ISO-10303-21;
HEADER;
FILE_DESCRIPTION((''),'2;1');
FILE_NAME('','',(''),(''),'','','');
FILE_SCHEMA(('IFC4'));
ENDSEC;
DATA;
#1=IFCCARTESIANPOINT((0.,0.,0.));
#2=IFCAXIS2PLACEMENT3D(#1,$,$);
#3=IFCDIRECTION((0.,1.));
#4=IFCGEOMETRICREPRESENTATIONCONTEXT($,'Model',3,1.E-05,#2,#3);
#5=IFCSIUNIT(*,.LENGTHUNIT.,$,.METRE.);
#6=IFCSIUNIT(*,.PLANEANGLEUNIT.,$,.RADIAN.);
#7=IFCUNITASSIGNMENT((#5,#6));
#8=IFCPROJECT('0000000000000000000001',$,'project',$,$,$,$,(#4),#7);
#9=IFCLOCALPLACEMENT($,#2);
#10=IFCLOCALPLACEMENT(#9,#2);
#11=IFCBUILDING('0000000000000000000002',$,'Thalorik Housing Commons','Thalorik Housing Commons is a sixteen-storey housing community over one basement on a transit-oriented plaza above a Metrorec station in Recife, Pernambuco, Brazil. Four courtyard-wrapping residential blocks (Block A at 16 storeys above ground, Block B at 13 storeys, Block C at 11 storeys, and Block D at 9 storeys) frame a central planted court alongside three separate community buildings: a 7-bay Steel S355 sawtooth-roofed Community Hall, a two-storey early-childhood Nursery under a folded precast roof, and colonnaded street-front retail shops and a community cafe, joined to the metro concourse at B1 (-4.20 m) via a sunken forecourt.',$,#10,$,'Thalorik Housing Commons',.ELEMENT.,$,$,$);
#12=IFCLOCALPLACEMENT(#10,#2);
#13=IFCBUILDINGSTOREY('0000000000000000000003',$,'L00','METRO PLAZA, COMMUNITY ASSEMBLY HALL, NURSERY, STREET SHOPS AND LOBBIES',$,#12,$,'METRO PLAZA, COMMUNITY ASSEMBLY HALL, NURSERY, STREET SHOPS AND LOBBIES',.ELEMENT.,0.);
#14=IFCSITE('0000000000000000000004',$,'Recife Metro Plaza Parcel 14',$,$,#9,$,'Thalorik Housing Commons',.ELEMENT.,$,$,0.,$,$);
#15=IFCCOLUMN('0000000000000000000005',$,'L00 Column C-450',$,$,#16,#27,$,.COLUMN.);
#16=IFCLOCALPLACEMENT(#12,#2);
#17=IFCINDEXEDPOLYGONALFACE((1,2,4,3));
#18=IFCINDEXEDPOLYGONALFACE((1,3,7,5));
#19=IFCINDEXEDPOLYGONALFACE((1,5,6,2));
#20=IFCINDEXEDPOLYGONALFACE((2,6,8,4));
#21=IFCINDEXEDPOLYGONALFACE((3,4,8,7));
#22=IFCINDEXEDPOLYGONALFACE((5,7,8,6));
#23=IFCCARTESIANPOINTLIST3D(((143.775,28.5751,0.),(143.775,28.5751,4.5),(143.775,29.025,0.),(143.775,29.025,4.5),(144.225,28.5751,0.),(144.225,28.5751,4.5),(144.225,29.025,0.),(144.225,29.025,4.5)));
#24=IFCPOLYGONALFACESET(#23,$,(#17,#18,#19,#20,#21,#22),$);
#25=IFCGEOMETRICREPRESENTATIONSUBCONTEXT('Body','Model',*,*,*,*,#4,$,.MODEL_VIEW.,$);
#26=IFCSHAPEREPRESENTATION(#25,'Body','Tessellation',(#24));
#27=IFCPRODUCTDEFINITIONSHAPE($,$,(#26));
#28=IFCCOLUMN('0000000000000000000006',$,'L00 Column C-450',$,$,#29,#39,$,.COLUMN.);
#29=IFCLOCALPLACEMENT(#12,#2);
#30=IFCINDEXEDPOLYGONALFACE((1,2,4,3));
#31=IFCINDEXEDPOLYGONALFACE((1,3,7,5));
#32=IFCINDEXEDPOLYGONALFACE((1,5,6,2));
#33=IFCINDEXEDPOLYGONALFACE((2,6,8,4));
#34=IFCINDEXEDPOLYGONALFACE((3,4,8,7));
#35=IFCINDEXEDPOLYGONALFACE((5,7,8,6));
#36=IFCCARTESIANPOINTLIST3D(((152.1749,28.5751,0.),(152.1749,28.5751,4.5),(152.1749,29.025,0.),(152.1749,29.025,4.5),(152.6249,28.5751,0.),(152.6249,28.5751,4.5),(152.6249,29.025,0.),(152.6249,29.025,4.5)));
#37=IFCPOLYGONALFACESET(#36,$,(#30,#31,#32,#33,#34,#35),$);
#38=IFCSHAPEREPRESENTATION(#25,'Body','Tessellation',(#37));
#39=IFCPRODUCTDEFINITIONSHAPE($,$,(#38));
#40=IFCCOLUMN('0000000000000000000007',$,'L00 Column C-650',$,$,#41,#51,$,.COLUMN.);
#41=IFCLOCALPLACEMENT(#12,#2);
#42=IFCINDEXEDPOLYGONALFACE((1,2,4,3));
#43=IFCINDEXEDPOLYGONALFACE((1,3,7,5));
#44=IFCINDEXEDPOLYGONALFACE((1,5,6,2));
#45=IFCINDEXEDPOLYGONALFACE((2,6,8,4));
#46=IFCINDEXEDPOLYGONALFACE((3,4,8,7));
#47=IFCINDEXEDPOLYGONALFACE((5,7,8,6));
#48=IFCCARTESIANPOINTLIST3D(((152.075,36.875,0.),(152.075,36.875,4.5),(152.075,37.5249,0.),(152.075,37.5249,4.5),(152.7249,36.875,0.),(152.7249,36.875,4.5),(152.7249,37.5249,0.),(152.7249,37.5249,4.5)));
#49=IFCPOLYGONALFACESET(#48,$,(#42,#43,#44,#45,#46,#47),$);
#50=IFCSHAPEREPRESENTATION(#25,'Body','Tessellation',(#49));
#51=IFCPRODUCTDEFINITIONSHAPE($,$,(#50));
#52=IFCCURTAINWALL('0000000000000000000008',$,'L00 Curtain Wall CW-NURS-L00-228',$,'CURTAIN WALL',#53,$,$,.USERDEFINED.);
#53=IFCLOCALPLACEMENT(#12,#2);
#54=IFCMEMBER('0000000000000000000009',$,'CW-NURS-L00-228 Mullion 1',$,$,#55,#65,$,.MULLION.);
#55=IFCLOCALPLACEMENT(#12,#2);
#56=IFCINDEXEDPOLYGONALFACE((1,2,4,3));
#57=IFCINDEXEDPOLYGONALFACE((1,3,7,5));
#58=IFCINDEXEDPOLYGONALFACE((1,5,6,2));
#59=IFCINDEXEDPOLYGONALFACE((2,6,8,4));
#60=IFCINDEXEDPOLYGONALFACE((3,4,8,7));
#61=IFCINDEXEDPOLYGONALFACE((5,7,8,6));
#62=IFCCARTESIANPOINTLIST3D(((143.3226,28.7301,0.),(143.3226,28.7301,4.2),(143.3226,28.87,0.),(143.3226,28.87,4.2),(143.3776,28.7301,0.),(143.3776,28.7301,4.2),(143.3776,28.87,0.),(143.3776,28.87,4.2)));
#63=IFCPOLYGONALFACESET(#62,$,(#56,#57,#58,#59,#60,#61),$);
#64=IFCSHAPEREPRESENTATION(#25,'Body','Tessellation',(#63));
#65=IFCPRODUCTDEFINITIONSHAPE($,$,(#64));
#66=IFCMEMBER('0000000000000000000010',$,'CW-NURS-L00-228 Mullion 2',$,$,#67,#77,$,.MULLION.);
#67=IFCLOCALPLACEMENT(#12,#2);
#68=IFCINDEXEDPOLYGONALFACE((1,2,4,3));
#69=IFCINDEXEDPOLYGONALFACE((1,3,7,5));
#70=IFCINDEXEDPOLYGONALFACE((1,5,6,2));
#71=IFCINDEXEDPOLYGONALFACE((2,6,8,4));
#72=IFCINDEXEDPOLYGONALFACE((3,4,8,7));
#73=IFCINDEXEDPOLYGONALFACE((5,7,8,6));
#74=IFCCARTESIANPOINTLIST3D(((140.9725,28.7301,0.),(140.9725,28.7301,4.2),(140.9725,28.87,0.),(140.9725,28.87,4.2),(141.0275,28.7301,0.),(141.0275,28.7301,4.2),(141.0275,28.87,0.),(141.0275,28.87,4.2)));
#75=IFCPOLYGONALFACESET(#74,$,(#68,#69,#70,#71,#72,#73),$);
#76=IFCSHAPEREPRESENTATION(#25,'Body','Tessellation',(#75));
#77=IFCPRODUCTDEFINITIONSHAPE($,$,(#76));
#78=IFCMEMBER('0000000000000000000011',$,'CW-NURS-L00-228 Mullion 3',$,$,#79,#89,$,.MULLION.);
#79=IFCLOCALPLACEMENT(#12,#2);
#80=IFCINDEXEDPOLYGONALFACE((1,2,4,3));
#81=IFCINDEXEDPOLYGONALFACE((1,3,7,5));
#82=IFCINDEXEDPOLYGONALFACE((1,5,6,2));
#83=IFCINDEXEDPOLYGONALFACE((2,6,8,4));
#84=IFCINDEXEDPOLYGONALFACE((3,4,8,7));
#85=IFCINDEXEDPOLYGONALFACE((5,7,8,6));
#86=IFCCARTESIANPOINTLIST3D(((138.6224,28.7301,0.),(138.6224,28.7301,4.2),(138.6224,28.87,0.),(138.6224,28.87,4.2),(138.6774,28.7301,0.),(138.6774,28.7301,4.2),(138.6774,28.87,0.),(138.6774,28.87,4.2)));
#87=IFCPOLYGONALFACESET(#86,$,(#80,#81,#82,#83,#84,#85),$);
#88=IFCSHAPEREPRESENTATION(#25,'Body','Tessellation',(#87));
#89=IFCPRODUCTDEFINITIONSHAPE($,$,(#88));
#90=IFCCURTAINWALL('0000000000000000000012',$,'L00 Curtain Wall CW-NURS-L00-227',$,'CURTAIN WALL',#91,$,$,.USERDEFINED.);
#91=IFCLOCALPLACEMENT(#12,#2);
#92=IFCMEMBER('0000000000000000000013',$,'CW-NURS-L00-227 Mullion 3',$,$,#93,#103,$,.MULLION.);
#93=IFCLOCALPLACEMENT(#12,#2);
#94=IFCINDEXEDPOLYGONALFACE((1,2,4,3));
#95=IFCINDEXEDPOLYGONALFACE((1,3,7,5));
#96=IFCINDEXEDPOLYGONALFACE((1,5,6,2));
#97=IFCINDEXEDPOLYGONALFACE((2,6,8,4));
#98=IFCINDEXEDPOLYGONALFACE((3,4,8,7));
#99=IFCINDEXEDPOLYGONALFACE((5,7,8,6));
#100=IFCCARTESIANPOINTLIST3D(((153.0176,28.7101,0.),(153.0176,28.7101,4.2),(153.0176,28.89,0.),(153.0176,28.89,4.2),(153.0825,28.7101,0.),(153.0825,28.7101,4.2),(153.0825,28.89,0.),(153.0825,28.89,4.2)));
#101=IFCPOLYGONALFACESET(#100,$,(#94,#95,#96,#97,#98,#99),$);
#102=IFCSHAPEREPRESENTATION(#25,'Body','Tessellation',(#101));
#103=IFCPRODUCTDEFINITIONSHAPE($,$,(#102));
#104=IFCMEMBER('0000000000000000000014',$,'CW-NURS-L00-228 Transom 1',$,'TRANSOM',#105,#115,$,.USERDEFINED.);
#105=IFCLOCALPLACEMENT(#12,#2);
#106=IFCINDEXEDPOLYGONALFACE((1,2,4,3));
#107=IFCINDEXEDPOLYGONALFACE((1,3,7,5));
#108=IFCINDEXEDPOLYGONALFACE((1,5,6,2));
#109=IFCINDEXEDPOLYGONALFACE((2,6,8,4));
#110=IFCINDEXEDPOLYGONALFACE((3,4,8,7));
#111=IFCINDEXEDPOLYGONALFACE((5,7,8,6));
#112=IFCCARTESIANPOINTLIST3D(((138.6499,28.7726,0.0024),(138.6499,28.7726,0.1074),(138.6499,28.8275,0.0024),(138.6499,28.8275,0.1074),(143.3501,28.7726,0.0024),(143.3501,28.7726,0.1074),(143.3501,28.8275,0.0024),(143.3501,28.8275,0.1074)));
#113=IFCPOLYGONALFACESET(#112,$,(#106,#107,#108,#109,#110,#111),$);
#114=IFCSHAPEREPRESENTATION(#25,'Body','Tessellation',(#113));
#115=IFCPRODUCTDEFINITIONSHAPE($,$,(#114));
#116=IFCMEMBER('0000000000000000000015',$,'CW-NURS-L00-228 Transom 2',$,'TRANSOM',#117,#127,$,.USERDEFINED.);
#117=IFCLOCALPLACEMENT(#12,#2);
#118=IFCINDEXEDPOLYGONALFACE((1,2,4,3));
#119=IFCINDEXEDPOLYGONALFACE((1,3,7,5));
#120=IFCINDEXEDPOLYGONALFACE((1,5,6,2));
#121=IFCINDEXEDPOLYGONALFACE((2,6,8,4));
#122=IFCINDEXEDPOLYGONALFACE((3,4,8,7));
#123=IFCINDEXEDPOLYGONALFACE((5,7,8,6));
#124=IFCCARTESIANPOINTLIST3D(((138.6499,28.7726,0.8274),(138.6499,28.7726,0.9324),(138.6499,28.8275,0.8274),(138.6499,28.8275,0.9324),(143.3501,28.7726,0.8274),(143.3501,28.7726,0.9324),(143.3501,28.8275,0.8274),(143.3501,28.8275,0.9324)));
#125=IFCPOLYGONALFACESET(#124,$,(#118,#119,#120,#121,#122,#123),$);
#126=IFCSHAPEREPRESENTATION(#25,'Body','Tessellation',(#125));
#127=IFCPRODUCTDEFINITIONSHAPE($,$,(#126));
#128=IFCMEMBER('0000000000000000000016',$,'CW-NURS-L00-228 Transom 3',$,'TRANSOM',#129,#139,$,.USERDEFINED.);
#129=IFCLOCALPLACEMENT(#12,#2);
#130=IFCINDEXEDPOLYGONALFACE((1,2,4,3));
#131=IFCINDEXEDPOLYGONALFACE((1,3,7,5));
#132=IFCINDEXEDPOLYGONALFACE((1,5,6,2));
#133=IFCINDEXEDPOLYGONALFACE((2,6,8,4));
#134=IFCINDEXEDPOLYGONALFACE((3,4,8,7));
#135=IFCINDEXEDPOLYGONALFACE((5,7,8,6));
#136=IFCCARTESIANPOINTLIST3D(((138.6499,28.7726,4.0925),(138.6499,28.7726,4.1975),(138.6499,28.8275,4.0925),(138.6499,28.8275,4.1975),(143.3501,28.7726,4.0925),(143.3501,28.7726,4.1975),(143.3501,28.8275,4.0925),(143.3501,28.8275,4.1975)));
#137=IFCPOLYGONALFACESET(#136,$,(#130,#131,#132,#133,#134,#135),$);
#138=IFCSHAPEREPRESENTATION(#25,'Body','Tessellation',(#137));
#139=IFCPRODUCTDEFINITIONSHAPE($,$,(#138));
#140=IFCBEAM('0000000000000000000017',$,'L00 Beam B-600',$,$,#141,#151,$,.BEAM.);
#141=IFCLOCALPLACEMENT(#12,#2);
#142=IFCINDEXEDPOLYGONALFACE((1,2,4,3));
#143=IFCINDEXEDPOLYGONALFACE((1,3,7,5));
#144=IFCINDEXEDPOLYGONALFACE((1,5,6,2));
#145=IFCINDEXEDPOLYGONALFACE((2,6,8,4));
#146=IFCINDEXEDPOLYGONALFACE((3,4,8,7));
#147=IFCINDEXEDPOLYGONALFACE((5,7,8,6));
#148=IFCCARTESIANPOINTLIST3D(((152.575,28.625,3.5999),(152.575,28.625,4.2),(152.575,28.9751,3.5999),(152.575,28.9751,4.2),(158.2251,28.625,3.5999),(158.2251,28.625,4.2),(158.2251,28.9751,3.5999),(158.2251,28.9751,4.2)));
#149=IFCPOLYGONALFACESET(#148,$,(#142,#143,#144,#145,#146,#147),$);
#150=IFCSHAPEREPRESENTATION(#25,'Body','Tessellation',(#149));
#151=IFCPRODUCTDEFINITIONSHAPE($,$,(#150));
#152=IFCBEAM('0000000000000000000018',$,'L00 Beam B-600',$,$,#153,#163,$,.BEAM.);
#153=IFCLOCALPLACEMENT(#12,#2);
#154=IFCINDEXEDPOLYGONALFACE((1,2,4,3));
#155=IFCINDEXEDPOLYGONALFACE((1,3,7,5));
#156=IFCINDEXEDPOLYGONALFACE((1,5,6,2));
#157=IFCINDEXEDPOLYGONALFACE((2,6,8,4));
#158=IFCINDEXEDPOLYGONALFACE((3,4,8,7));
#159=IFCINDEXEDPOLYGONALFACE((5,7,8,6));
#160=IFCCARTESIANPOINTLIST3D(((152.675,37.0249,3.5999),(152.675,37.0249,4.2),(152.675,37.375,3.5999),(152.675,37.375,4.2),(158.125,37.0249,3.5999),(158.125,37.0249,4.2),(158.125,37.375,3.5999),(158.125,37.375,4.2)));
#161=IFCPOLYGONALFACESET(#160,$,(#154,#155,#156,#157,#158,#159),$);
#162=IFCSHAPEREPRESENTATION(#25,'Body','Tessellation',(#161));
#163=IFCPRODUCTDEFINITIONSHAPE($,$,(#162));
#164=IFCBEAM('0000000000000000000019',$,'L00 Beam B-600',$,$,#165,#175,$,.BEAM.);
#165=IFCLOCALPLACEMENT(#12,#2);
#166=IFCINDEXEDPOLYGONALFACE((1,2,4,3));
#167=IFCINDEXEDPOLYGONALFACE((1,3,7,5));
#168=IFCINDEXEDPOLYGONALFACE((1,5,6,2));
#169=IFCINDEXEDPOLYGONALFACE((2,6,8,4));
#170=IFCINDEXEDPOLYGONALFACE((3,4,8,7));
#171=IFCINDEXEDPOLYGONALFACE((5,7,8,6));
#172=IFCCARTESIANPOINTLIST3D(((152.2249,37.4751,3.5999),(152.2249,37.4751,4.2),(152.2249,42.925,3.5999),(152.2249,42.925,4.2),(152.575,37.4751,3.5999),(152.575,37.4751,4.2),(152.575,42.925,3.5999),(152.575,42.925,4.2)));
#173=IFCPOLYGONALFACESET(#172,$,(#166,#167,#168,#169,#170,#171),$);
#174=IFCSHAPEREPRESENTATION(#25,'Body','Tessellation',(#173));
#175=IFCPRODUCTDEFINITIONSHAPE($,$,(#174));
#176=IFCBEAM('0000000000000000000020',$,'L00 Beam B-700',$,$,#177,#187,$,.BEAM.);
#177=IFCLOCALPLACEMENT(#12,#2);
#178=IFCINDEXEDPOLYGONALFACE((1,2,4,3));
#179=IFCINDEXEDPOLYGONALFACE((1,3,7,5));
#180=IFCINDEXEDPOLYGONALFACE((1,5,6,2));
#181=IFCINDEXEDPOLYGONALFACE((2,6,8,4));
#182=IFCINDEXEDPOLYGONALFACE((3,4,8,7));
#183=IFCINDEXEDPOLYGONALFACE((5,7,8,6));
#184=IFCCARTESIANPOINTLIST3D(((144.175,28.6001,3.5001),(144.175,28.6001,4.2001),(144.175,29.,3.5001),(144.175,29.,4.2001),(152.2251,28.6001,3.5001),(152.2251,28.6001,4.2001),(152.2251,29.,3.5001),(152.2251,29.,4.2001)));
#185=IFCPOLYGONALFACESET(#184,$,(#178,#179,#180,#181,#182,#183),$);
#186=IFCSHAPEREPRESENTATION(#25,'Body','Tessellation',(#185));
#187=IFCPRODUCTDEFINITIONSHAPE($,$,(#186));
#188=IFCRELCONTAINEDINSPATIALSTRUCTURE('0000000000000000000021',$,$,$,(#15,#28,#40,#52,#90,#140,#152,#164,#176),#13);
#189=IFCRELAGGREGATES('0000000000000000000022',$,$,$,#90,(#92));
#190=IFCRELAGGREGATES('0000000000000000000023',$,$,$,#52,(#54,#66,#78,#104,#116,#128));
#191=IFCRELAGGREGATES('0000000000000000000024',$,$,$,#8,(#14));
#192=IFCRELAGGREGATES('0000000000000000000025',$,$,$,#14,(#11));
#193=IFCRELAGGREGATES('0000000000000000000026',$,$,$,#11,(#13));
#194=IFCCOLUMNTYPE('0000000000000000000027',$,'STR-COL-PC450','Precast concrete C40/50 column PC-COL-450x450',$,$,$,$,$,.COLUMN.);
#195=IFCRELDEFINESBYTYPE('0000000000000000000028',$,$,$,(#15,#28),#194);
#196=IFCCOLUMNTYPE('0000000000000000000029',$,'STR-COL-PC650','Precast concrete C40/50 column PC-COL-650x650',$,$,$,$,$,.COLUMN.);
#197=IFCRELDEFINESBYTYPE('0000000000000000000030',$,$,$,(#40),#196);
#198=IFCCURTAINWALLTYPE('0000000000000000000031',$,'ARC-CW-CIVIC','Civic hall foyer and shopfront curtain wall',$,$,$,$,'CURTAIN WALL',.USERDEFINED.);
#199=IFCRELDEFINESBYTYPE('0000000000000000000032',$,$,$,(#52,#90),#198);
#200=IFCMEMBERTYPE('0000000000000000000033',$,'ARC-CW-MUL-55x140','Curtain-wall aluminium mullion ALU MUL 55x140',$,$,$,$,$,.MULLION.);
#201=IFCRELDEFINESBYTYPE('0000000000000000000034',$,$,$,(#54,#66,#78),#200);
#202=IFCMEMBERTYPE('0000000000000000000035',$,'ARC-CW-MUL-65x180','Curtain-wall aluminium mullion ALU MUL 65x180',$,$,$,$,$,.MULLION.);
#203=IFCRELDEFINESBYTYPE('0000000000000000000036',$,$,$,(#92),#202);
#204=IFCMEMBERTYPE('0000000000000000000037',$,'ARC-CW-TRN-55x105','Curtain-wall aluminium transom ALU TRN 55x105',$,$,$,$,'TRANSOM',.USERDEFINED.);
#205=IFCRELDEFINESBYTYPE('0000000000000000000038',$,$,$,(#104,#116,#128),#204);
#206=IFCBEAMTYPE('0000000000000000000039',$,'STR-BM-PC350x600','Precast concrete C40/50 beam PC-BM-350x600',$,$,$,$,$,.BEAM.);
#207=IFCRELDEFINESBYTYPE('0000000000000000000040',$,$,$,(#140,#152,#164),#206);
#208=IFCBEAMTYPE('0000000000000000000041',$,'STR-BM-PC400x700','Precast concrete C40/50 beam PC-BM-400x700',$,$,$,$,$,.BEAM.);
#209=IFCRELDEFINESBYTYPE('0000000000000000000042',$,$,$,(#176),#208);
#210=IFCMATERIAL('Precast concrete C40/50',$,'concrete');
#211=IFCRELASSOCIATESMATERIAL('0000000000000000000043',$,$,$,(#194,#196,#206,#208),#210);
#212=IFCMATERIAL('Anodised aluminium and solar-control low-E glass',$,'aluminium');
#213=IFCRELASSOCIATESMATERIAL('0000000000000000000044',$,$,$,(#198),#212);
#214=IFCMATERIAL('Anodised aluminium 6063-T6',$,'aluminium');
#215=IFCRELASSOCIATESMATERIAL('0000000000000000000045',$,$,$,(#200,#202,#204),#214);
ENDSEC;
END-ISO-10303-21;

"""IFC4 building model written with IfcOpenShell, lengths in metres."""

from ifc_helpers import new_model, si_unit, direction, frame, origin, origin_2d, place, context, subcontext, project, spatial, rectangle, extrude, material, material_profile, profile_set, type_object, element, aggregate, save


model = new_model("IFC4")

# Units and contexts
model_context = context("Model", 3, precision=1e-05, world=origin(), true_north=direction((0.0, 1.0)))
body_context = subcontext(model_context, "Body", "Model", "MODEL_VIEW")
ifc_project = project(units=[si_unit("LENGTHUNIT", "METRE"), si_unit("PLANEANGLEUNIT", "RADIAN")], contexts=[model_context])

# Site, building, storey
site_placement = place(None, origin())
site = spatial("IfcSite", under=ifc_project, at=site_placement, Name="Recife Metro Plaza Parcel 14", LongName="Thalorik Housing Commons", CompositionType="ELEMENT", RefElevation=0.0)
building_placement = place(site_placement, origin())
building = spatial("IfcBuilding", under=site, at=building_placement, Name="Thalorik Housing Commons", Description="Thalorik Housing Commons is a sixteen-storey housing community over one basement on a transit-oriented plaza above a Metrorec station in Recife, Pernambuco, Brazil. Four courtyard-wrapping residential blocks (Block A at 16 storeys above ground, Block B at 13 storeys, Block C at 11 storeys, and Block D at 9 storeys) frame a central planted court alongside three separate community buildings: a 7-bay Steel S355 sawtooth-roofed Community Hall, a two-storey early-childhood Nursery under a folded precast roof, and colonnaded street-front retail shops and a community cafe, joined to the metro concourse at B1 (-4.20 m) via a sunken forecourt.", LongName="Thalorik Housing Commons", CompositionType="ELEMENT")
storey_placement = place(building_placement, origin())
storey = spatial("IfcBuildingStorey", under=building, at=storey_placement, Name="L00", Description="METRO PLAZA, COMMUNITY ASSEMBLY HALL, NURSERY, STREET SHOPS AND LOBBIES", LongName="METRO PLAZA, COMMUNITY ASSEMBLY HALL, NURSERY, STREET SHOPS AND LOBBIES", CompositionType="ELEMENT", Elevation=0.0)

# Columns
ifc_material_1 = material(Name="Precast concrete C40/50", Category="concrete")
ifc_material_profile_1 = material_profile(ifc_material_1, rectangle(XDim=0.45, YDim=0.45, at=origin_2d()), Name="PC 450x450", Category="concrete")
ifc_profile_set_1 = profile_set([ifc_material_profile_1], Name="Precast concrete C40/50")
column_type_1 = type_object("IfcColumnType", Name="STR-COL-PC450", Description="Precast concrete C40/50 column PC-COL-450x450", PredefinedType="COLUMN", material=ifc_profile_set_1)
for number, where, z_axis, x_axis, name in (
    (1, (144.0, 28.8, 0.0), (0.0, 0.0, 1.0), (1.0, 0.0, 0.0), "L00 Column C-450"),
    (2, (152.3999, 28.8, 0.0), (0.0, 0.0, 1.0), (1.0, 0.0, 0.0), "L00 Column C-450"),
):
    element("IfcColumn", number, at=place(storey_placement, frame(where, z_axis=z_axis, x_axis=x_axis)), inside=storey, type_object=column_type_1, Name=name, PredefinedType="COLUMN", context=body_context, shape_type="SweptSolid", body=[
        extrude(rectangle(XDim=0.45, YDim=0.45, at=origin_2d()), origin(), (0.0, 0.0, 1.0), 4.5),
    ])
ifc_material_profile_2 = material_profile(ifc_material_1, rectangle(XDim=0.6499, YDim=0.6499, at=origin_2d()), Name="PC 650x650", Category="concrete")
ifc_profile_set_2 = profile_set([ifc_material_profile_2], Name="Precast concrete C40/50")
column_type_2 = type_object("IfcColumnType", Name="STR-COL-PC650", Description="Precast concrete C40/50 column PC-COL-650x650", PredefinedType="COLUMN", material=ifc_profile_set_2)
column_placement = place(storey_placement, frame((152.3999, 37.2, 0.0), z_axis=(0.0, 0.0, 1.0), x_axis=(1.0, 0.0, 0.0)))
element("IfcColumn", 3, at=column_placement, inside=storey, type_object=column_type_2, Name="L00 Column C-650", PredefinedType="COLUMN", context=body_context, shape_type="SweptSolid", body=[
    extrude(rectangle(XDim=0.6499, YDim=0.6499, at=origin_2d()), origin(), (0.0, 0.0, 1.0), 4.5),
])

# Curtain wall, members
ifc_material_2 = material(Name="Anodised aluminium and solar-control low-E glass", Category="aluminium")
curtain_wall_type = type_object("IfcCurtainWallType", Name="ARC-CW-CIVIC", Description="Civic hall foyer and shopfront curtain wall", ElementType="CURTAIN WALL", PredefinedType="USERDEFINED", material=ifc_material_2)
curtain_wall_1_placement = place(storey_placement, origin())
curtain_wall_1 = element("IfcCurtainWall", 4, at=curtain_wall_1_placement, inside=storey, type_object=curtain_wall_type, Name="L00 Curtain Wall CW-NURS-L00-228", ObjectType="CURTAIN WALL", PredefinedType="USERDEFINED")
ifc_material_3 = material(Name="Anodised aluminium 6063-T6", Category="aluminium")
ifc_material_profile_3 = material_profile(ifc_material_3, rectangle(XDim=0.0549, YDim=0.1399, at=origin_2d()), Name="ALU MUL 55x140", Category="aluminium")
ifc_profile_set_3 = profile_set([ifc_material_profile_3], Name="Anodised aluminium 6063-T6")
member_type_1 = type_object("IfcMemberType", Name="ARC-CW-MUL-55x140", Description="Curtain-wall aluminium mullion ALU MUL 55x140", PredefinedType="MULLION", material=ifc_profile_set_3)
member_1_placement = place(storey_placement, frame((143.3501, 28.8, 0.0), z_axis=(0.0, 0.0, 1.0), x_axis=(-1.0, 0.0, 0.0)))
member_1 = element("IfcMember", 5, at=member_1_placement, type_object=member_type_1, Name="CW-NURS-L00-228 Mullion 1", PredefinedType="MULLION", context=body_context, shape_type="SweptSolid", body=[
    extrude(rectangle(XDim=0.0549, YDim=0.1399, at=origin_2d()), origin(), (0.0, 0.0, 1.0), 4.2),
])
member_2_placement = place(storey_placement, frame((141.0, 28.8, 0.0), z_axis=(0.0, 0.0, 1.0), x_axis=(-1.0, 0.0, 0.0)))
member_2 = element("IfcMember", 6, at=member_2_placement, type_object=member_type_1, Name="CW-NURS-L00-228 Mullion 2", PredefinedType="MULLION", context=body_context, shape_type="SweptSolid", body=[
    extrude(rectangle(XDim=0.0549, YDim=0.1399, at=origin_2d()), origin(), (0.0, 0.0, 1.0), 4.2),
])
member_3_placement = place(storey_placement, frame((138.6499, 28.8, 0.0), z_axis=(0.0, 0.0, 1.0), x_axis=(-1.0, 0.0, 0.0)))
member_3 = element("IfcMember", 7, at=member_3_placement, type_object=member_type_1, Name="CW-NURS-L00-228 Mullion 3", PredefinedType="MULLION", context=body_context, shape_type="SweptSolid", body=[
    extrude(rectangle(XDim=0.0549, YDim=0.1399, at=origin_2d()), origin(), (0.0, 0.0, 1.0), 4.2),
])

# Curtain wall, member
curtain_wall_2_placement = place(storey_placement, origin())
curtain_wall_2 = element("IfcCurtainWall", 8, at=curtain_wall_2_placement, inside=storey, type_object=curtain_wall_type, Name="L00 Curtain Wall CW-NURS-L00-227", ObjectType="CURTAIN WALL", PredefinedType="USERDEFINED")
ifc_material_profile_4 = material_profile(ifc_material_3, rectangle(XDim=0.0649, YDim=0.1799, at=origin_2d()), Name="ALU MUL 65x180", Category="aluminium")
ifc_profile_set_4 = profile_set([ifc_material_profile_4], Name="Anodised aluminium 6063-T6")
member_type_2 = type_object("IfcMemberType", Name="ARC-CW-MUL-65x180", Description="Curtain-wall aluminium mullion ALU MUL 65x180", PredefinedType="MULLION", material=ifc_profile_set_4)
member_4_placement = place(storey_placement, frame((153.05, 28.8, 0.0), z_axis=(0.0, 0.0, 1.0), x_axis=(-1.0, 0.0, 0.0)))
member_4 = element("IfcMember", 9, at=member_4_placement, type_object=member_type_2, Name="CW-NURS-L00-227 Mullion 3", PredefinedType="MULLION", context=body_context, shape_type="SweptSolid", body=[
    extrude(rectangle(XDim=0.0649, YDim=0.1799, at=origin_2d()), origin(), (0.0, 0.0, 1.0), 4.2),
])
aggregate(curtain_wall_2, [member_4])

# Members
ifc_material_profile_5 = material_profile(ifc_material_3, rectangle(XDim=0.0549, YDim=0.105, at=origin_2d()), Name="ALU TRN 55x105", Category="aluminium")
ifc_profile_set_5 = profile_set([ifc_material_profile_5], Name="Anodised aluminium 6063-T6")
member_type_3 = type_object("IfcMemberType", Name="ARC-CW-TRN-55x105", Description="Curtain-wall aluminium transom ALU TRN 55x105", ElementType="TRANSOM", PredefinedType="USERDEFINED", material=ifc_profile_set_5)
member_5_placement = place(storey_placement, frame((143.3501, 28.8, 0.0549), z_axis=(-1.0, 0.0, 0.0), x_axis=(0.0, -1.0, 0.0)))
member_5 = element("IfcMember", 10, at=member_5_placement, type_object=member_type_3, Name="CW-NURS-L00-228 Transom 1", ObjectType="TRANSOM", PredefinedType="USERDEFINED", context=body_context, shape_type="SweptSolid", body=[
    extrude(rectangle(XDim=0.0549, YDim=0.105, at=origin_2d()), origin(), (0.0, 0.0, 1.0), 4.7002),
])
member_6_placement = place(storey_placement, frame((143.3501, 28.8, 0.8799), z_axis=(-1.0, 0.0, 0.0), x_axis=(0.0, -1.0, 0.0)))
member_6 = element("IfcMember", 11, at=member_6_placement, type_object=member_type_3, Name="CW-NURS-L00-228 Transom 2", ObjectType="TRANSOM", PredefinedType="USERDEFINED", context=body_context, shape_type="SweptSolid", body=[
    extrude(rectangle(XDim=0.0549, YDim=0.105, at=origin_2d()), origin(), (0.0, 0.0, 1.0), 4.7002),
])
member_7_placement = place(storey_placement, frame((143.3501, 28.8, 4.145), z_axis=(-1.0, 0.0, 0.0), x_axis=(0.0, -1.0, 0.0)))
member_7 = element("IfcMember", 12, at=member_7_placement, type_object=member_type_3, Name="CW-NURS-L00-228 Transom 3", ObjectType="TRANSOM", PredefinedType="USERDEFINED", context=body_context, shape_type="SweptSolid", body=[
    extrude(rectangle(XDim=0.0549, YDim=0.105, at=origin_2d()), origin(), (0.0, 0.0, 1.0), 4.7002),
])

# Beams
ifc_material_profile_6 = material_profile(ifc_material_1, rectangle(XDim=0.3501, YDim=0.6001, at=origin_2d()), Name="PC 350x600", Category="concrete")
ifc_profile_set_6 = profile_set([ifc_material_profile_6], Name="Precast concrete C40/50")
beam_type_1 = type_object("IfcBeamType", Name="STR-BM-PC350x600", Description="Precast concrete C40/50 beam PC-BM-350x600", PredefinedType="BEAM", material=ifc_profile_set_6)
beam_1_placement = place(storey_placement, frame((152.575, 28.8, 3.8999), z_axis=(1.0, 0.0, 0.0), x_axis=(0.0, 1.0, 0.0)))
element("IfcBeam", 13, at=beam_1_placement, inside=storey, type_object=beam_type_1, Name="L00 Beam B-600", PredefinedType="BEAM", context=body_context, shape_type="SweptSolid", body=[
    extrude(rectangle(XDim=0.3501, YDim=0.6001, at=origin_2d()), origin(), (0.0, 0.0, 1.0), 5.6501),
])
for number, where, z_axis, x_axis, name in (
    (14, (152.675, 37.2, 3.8999), (1.0, 0.0, 0.0), (0.0, 1.0, 0.0), "L00 Beam B-600"),
    (15, (152.3999, 37.4751, 3.8999), (0.0, 1.0, 0.0), (-1.0, 0.0, 0.0), "L00 Beam B-600"),
):
    element("IfcBeam", number, at=place(storey_placement, frame(where, z_axis=z_axis, x_axis=x_axis)), inside=storey, type_object=beam_type_1, Name=name, PredefinedType="BEAM", context=body_context, shape_type="SweptSolid", body=[
        extrude(rectangle(XDim=0.3501, YDim=0.6001, at=origin_2d()), origin(), (0.0, 0.0, 1.0), 5.45),
    ])
ifc_material_profile_7 = material_profile(ifc_material_1, rectangle(XDim=0.3999, YDim=0.7, at=origin_2d()), Name="PC 400x700", Category="concrete")
ifc_profile_set_7 = profile_set([ifc_material_profile_7], Name="Precast concrete C40/50")
beam_type_2 = type_object("IfcBeamType", Name="STR-BM-PC400x700", Description="Precast concrete C40/50 beam PC-BM-400x700", PredefinedType="BEAM", material=ifc_profile_set_7)
beam_2_placement = place(storey_placement, frame((144.175, 28.8, 3.8501), z_axis=(1.0, 0.0, 0.0), x_axis=(0.0, 1.0, 0.0)))
element("IfcBeam", 16, at=beam_2_placement, inside=storey, type_object=beam_type_2, Name="L00 Beam B-700", PredefinedType="BEAM", context=body_context, shape_type="SweptSolid", body=[
    extrude(rectangle(XDim=0.3999, YDim=0.7, at=origin_2d()), origin(), (0.0, 0.0, 1.0), 8.05),
])

aggregate(curtain_wall_1, [member_1, member_2, member_3, member_5, member_6, member_7])

save(model, "model.ifc")
